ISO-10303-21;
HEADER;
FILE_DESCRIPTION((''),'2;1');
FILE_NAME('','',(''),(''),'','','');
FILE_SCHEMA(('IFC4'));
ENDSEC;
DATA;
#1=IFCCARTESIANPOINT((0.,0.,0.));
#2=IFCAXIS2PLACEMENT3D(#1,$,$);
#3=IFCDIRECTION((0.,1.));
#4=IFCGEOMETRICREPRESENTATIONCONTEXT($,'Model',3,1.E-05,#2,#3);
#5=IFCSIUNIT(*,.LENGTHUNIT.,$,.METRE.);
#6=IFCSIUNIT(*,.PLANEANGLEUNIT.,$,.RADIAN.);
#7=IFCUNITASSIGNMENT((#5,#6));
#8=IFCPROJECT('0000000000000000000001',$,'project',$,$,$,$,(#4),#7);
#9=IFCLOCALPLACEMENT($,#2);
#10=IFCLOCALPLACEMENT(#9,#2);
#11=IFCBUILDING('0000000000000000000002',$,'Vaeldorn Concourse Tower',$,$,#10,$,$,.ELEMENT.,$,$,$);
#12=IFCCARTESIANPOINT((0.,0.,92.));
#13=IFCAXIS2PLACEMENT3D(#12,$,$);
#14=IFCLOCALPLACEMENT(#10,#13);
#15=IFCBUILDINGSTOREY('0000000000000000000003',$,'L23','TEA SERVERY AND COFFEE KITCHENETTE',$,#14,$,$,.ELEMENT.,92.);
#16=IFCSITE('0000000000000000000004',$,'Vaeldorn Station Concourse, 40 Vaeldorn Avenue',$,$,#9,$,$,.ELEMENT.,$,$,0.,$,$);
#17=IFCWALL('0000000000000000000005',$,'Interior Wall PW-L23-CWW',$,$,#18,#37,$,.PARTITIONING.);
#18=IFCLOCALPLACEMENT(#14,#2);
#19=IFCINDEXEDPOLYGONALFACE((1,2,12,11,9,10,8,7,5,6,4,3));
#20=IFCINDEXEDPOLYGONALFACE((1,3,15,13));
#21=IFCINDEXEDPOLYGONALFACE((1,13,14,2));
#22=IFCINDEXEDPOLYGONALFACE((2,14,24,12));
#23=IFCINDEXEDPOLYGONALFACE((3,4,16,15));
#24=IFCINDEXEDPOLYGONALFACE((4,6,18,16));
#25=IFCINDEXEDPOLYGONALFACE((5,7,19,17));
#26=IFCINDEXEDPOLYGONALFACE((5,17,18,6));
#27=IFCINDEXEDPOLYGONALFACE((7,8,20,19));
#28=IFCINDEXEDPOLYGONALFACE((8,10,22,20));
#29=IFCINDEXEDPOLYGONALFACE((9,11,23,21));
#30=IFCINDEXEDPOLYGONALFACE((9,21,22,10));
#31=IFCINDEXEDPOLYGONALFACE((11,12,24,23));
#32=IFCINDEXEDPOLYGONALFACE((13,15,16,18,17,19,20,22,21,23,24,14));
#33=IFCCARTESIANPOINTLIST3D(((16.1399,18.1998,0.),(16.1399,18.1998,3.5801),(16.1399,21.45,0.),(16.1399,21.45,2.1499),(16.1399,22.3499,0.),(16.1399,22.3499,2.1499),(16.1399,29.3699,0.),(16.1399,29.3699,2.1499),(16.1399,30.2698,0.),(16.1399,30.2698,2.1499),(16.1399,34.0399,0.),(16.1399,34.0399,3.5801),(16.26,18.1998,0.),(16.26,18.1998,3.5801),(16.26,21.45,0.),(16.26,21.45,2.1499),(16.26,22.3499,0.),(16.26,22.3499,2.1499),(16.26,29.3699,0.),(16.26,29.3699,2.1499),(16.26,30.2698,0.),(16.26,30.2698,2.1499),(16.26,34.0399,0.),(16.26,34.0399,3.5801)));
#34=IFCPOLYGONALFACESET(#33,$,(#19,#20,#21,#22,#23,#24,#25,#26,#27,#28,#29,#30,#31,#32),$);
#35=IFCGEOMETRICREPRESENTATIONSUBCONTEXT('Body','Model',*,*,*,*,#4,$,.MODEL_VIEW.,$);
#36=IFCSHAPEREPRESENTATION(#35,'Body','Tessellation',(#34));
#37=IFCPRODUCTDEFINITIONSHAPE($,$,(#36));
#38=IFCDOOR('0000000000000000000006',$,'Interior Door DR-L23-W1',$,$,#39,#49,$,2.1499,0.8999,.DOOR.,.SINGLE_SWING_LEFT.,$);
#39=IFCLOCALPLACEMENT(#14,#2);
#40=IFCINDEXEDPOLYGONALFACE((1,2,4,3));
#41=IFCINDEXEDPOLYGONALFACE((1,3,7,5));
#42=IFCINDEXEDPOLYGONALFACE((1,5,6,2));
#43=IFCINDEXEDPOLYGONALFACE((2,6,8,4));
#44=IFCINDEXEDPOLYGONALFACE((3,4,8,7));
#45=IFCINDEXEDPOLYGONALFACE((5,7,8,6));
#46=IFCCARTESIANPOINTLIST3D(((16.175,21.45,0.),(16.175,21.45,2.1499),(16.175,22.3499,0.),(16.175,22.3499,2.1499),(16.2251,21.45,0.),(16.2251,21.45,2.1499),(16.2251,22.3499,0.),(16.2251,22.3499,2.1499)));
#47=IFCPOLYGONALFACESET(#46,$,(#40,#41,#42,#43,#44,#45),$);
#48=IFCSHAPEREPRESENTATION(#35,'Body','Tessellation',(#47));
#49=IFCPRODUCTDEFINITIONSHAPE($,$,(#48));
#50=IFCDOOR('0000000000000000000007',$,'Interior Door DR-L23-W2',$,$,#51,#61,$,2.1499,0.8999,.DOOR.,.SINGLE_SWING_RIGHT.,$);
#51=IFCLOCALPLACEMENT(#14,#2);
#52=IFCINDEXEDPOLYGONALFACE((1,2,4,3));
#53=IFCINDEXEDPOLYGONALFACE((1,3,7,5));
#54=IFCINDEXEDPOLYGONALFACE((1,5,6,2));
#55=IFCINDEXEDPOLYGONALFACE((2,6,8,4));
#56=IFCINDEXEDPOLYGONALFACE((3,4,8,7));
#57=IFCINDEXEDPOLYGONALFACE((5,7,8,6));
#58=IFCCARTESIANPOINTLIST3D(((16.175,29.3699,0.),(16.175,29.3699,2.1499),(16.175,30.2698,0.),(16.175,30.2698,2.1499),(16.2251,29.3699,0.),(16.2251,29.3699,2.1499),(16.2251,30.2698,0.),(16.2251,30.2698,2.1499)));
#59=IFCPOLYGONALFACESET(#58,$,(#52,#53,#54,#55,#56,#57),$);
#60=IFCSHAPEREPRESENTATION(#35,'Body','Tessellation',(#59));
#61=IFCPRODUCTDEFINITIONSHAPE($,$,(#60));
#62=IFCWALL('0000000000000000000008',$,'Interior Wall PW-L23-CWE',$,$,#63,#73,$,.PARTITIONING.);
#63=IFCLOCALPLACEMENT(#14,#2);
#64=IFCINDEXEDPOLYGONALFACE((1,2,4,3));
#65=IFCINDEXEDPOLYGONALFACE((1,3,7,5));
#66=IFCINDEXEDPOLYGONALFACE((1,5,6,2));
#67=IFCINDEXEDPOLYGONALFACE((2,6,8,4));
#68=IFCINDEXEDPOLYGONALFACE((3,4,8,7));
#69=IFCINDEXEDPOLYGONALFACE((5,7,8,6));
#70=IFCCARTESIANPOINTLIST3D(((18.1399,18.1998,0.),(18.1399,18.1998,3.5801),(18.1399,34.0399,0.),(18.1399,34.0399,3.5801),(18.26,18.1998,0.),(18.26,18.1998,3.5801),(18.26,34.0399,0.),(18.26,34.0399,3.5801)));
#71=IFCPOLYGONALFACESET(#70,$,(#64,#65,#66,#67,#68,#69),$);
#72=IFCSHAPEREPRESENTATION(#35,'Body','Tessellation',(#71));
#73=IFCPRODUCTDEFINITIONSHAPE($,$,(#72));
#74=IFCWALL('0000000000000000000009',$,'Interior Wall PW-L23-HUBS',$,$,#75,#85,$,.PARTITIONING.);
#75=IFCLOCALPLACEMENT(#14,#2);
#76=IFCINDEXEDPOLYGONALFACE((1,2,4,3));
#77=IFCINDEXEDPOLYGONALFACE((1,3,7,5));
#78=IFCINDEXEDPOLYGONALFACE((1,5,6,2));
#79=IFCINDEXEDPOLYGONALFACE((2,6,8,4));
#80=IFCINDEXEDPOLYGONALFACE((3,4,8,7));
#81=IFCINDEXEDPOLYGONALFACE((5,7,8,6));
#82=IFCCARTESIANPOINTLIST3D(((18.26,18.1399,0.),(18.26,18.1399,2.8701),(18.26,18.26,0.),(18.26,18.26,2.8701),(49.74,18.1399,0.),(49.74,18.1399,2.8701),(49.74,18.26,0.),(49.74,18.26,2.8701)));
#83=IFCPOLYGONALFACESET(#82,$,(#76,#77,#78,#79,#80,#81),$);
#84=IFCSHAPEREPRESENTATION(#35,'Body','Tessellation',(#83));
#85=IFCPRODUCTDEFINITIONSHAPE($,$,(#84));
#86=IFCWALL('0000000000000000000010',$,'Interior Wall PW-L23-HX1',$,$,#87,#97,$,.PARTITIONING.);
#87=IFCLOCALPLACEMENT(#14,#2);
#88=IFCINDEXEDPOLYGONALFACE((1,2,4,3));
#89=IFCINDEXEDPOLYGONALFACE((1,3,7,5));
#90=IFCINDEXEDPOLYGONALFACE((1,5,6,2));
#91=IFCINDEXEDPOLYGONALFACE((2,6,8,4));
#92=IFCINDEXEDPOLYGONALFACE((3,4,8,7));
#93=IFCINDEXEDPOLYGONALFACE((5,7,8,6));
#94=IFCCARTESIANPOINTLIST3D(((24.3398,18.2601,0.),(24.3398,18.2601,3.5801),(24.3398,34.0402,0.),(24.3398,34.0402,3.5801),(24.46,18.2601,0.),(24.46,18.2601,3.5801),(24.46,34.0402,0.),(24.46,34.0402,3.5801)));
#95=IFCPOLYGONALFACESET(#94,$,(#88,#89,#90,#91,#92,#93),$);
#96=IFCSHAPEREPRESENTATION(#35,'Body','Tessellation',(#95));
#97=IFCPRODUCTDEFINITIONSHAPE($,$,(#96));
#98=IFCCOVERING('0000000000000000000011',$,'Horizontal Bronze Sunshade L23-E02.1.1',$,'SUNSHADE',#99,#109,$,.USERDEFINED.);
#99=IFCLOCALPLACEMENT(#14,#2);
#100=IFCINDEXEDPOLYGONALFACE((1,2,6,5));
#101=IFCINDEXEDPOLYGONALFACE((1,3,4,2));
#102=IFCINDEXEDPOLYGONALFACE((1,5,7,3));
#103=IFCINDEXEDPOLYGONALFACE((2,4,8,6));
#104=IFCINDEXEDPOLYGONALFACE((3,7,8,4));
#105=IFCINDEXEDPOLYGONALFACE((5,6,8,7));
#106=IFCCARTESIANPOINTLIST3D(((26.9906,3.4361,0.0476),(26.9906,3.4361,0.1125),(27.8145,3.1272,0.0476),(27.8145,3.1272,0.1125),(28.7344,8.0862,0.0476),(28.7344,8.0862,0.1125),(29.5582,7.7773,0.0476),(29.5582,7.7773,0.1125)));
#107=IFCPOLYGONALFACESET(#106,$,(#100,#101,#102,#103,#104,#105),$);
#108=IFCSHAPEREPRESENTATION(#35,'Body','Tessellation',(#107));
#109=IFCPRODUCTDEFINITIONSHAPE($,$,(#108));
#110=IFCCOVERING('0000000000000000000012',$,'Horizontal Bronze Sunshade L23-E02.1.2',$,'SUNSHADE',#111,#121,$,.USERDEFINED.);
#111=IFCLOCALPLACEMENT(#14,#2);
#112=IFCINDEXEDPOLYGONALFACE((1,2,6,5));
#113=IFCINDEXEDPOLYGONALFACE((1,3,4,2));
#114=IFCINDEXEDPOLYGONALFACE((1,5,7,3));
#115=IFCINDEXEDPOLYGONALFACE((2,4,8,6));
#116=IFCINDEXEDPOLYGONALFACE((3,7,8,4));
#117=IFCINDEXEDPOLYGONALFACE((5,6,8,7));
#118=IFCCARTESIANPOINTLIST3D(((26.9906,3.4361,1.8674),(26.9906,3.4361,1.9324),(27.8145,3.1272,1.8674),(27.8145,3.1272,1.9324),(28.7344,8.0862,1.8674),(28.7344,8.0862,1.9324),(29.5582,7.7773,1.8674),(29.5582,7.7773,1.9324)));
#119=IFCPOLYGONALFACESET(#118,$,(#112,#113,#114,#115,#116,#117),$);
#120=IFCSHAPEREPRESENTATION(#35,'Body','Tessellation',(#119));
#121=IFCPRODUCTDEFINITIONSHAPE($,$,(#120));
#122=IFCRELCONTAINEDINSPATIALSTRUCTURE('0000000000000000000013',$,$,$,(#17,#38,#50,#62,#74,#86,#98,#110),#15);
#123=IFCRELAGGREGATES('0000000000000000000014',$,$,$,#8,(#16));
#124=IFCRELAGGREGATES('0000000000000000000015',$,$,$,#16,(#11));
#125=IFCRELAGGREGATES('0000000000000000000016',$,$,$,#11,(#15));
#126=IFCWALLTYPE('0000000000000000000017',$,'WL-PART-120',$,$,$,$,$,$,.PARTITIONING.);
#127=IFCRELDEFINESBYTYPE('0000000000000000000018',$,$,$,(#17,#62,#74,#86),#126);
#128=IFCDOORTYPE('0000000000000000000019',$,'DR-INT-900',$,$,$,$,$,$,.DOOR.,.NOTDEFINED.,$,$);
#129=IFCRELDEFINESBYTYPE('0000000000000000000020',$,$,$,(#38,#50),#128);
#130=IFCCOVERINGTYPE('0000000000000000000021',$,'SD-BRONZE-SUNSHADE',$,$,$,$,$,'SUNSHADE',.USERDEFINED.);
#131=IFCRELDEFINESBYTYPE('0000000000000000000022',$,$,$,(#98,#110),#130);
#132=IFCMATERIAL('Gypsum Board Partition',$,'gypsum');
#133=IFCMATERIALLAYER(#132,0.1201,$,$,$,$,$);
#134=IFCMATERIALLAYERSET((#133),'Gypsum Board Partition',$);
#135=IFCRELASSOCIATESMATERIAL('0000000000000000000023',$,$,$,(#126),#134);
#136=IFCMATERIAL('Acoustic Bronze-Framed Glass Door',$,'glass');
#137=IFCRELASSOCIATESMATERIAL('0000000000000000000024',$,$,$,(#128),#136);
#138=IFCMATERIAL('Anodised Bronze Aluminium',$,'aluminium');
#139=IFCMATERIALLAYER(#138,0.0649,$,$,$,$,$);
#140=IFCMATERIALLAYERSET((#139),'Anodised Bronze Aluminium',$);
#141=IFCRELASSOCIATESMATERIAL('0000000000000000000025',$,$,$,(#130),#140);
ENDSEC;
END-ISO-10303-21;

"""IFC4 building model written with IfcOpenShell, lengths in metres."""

from ifc_helpers import new_model, si_unit, direction, frame, frame_2d, origin, origin_2d, place, context, subcontext, project, spatial, rectangle, extrude, source, transform, mapped, material, layer, layer_set, type_object, element, fill, save


model = new_model("IFC4")

# Units and contexts
model_context = context("Model", 3, precision=1e-05, world=origin(), true_north=direction((0.0, 1.0)))
body_context = subcontext(model_context, "Body", "Model", "MODEL_VIEW")
ifc_project = project(units=[si_unit("LENGTHUNIT", "METRE"), si_unit("PLANEANGLEUNIT", "RADIAN")], contexts=[model_context])

# Site, building, storey
site_placement = place(None, origin())
site = spatial("IfcSite", under=ifc_project, at=site_placement, Name="Vaeldorn Station Concourse, 40 Vaeldorn Avenue", CompositionType="ELEMENT", RefElevation=0.0)
building_placement = place(site_placement, origin())
building = spatial("IfcBuilding", under=site, at=building_placement, Name="Vaeldorn Concourse Tower", CompositionType="ELEMENT")
storey_placement = place(building_placement, frame((0.0, 0.0, 92.0)))
storey = spatial("IfcBuildingStorey", under=building, at=storey_placement, Name="L23", Description="TEA SERVERY AND COFFEE KITCHENETTE", CompositionType="ELEMENT", Elevation=92.0)

# Shared definitions
ifc_material_1 = material(Name="Anodised Bronze Aluminium", Category="aluminium")

# Wall, openings, doors
ifc_material_2 = material(Name="Gypsum Board Partition", Category="gypsum")
ifc_layer_1 = layer(ifc_material_2, 0.1201)
ifc_layer_set_1 = layer_set([ifc_layer_1], Name="Gypsum Board Partition")
wall_type = type_object("IfcWallType", Name="WL-PART-120", PredefinedType="PARTITIONING", material=ifc_layer_set_1)
wall_1_placement = place(storey_placement, frame((16.2, 18.2, 0.0), z_axis=(0.0, 0.0, 1.0), x_axis=(0.0, 1.0, 0.0)))
wall_1 = element("IfcWall", 1, at=wall_1_placement, inside=storey, type_object=wall_type, Name="Interior Wall PW-L23-CWW", PredefinedType="PARTITIONING", context=body_context, shape_type="SweptSolid", body=[
    extrude(rectangle(XDim=15.8401, YDim=0.1201, at=frame_2d((7.9199, 0.0))), origin(), (0.0, 0.0, 1.0), 3.5801),
])
opening_1_placement = place(wall_1_placement, frame((3.25, 0.0, 0.0)))
opening_1 = element("IfcOpeningElement", 2, at=opening_1_placement, cuts=wall_1, PredefinedType="OPENING", context=body_context, shape_type="SweptSolid", body=[
    extrude(rectangle(XDim=0.8999, YDim=2.1499, at=frame_2d((0.45, 1.075))), frame((0.0, 0.0701, 0.0), z_axis=(0.0, -1.0, 0.0), x_axis=(1.0, 0.0, 0.0)), (0.0, 0.0, 1.0), 0.1401),
])
opening_2_placement = place(wall_1_placement, frame((11.1699, 0.0, 0.0)))
opening_2 = element("IfcOpeningElement", 3, at=opening_2_placement, cuts=wall_1, PredefinedType="OPENING", context=body_context, shape_type="SweptSolid", body=[
    extrude(rectangle(XDim=0.8999, YDim=2.1499, at=frame_2d((0.45, 1.075))), frame((0.0, 0.0701, 0.0), z_axis=(0.0, -1.0, 0.0), x_axis=(1.0, 0.0, 0.0)), (0.0, 0.0, 1.0), 0.1401),
])
ifc_material_3 = material(Name="Acoustic Bronze-Framed Glass Door", Category="glass")
door_type = type_object("IfcDoorType", Name="DR-INT-900", OperationType="NOTDEFINED", PredefinedType="DOOR", material=ifc_material_3)
shared_shape_1 = source(origin(), body_context, "Body", "SweptSolid", [
    extrude(rectangle(XDim=0.8999, YDim=2.1499, at=frame_2d((0.45, 1.075))), frame((0.0, 0.0249, 0.0), z_axis=(0.0, -1.0, 0.0), x_axis=(1.0, 0.0, 0.0)), (0.0, 0.0, 1.0), 0.05),
])
door_1_placement = place(opening_1_placement, origin())
door_1 = element("IfcDoor", 4, at=door_1_placement, inside=storey, type_object=door_type, Name="Interior Door DR-L23-W1", OperationType="SINGLE_SWING_LEFT", OverallHeight=2.1499, OverallWidth=0.8999, PredefinedType="DOOR", context=body_context, shape_type="MappedRepresentation", body=[
    mapped(shared_shape_1, transform((0.0, 0.0, 0.0), scale=1.0)),
])
fill(opening_1, door_1)
door_2_placement = place(opening_2_placement, origin())
door_2 = element("IfcDoor", 5, at=door_2_placement, inside=storey, type_object=door_type, Name="Interior Door DR-L23-W2", OperationType="SINGLE_SWING_RIGHT", OverallHeight=2.1499, OverallWidth=0.8999, PredefinedType="DOOR", context=body_context, shape_type="MappedRepresentation", body=[
    mapped(shared_shape_1, transform((0.0, 0.0, 0.0), scale=1.0)),
])
fill(opening_2, door_2)

# Wall
wall_2_placement = place(storey_placement, frame((18.2, 18.2, 0.0), z_axis=(0.0, 0.0, 1.0), x_axis=(0.0, 1.0, 0.0)))
element("IfcWall", 6, at=wall_2_placement, inside=storey, type_object=wall_type, Name="Interior Wall PW-L23-CWE", PredefinedType="PARTITIONING", context=body_context, shape_type="SweptSolid", body=[
    extrude(rectangle(XDim=15.8401, YDim=0.1201, at=frame_2d((7.9199, 0.0))), origin(), (0.0, 0.0, 1.0), 3.5801),
])

# Walls
wall_3_placement = place(storey_placement, frame((18.26, 18.2, 0.0), z_axis=(0.0, 0.0, 1.0), x_axis=(1.0, 0.0, 0.0)))
element("IfcWall", 7, at=wall_3_placement, inside=storey, type_object=wall_type, Name="Interior Wall PW-L23-HUBS", PredefinedType="PARTITIONING", context=body_context, shape_type="SweptSolid", body=[
    extrude(rectangle(XDim=31.48, YDim=0.1201, at=frame_2d((15.74, 0.0))), origin(), (0.0, 0.0, 1.0), 2.8701),
])
wall_4_placement = place(storey_placement, frame((24.3999, 18.26, 0.0), z_axis=(0.0, 0.0, 1.0), x_axis=(0.0, 1.0, 0.0)))
element("IfcWall", 8, at=wall_4_placement, inside=storey, type_object=wall_type, Name="Interior Wall PW-L23-HX1", PredefinedType="PARTITIONING", context=body_context, shape_type="SweptSolid", body=[
    extrude(rectangle(XDim=15.78, YDim=0.1201, at=frame_2d((7.8901, 0.0))), origin(), (0.0, 0.0, 1.0), 3.5801),
])

# Coverings
ifc_layer_2 = layer(ifc_material_1, 0.0649)
ifc_layer_set_2 = layer_set([ifc_layer_2], Name="Anodised Bronze Aluminium")
covering_type = type_object("IfcCoveringType", Name="SD-BRONZE-SUNSHADE", ElementType="SUNSHADE", PredefinedType="USERDEFINED", material=ifc_layer_set_2)
shared_shape_2 = source(origin(), body_context, "Body", "SweptSolid", [
    extrude(rectangle(XDim=4.9663, YDim=0.8799, at=origin_2d()), origin(), (0.0, 0.0, 1.0), 0.0649),
])
for number, where, z_axis, x_axis, name in (
    (9, (28.2744, 5.6067, 0.0476), (0.0, 0.0, 1.0), (0.351123, 0.936329, 0.0), "Horizontal Bronze Sunshade L23-E02.1.1"),
    (10, (28.2744, 5.6067, 1.8674), (0.0, 0.0, 1.0), (0.351123, 0.936329, 0.0), "Horizontal Bronze Sunshade L23-E02.1.2"),
):
    element("IfcCovering", number, at=place(storey_placement, frame(where, z_axis=z_axis, x_axis=x_axis)), inside=storey, type_object=covering_type, Name=name, ObjectType="SUNSHADE", PredefinedType="USERDEFINED", context=body_context, shape_type="MappedRepresentation", body=[
        mapped(shared_shape_2, transform((0.0, 0.0, 0.0), scale=1.0)),
    ])

save(model, "model.ifc")
